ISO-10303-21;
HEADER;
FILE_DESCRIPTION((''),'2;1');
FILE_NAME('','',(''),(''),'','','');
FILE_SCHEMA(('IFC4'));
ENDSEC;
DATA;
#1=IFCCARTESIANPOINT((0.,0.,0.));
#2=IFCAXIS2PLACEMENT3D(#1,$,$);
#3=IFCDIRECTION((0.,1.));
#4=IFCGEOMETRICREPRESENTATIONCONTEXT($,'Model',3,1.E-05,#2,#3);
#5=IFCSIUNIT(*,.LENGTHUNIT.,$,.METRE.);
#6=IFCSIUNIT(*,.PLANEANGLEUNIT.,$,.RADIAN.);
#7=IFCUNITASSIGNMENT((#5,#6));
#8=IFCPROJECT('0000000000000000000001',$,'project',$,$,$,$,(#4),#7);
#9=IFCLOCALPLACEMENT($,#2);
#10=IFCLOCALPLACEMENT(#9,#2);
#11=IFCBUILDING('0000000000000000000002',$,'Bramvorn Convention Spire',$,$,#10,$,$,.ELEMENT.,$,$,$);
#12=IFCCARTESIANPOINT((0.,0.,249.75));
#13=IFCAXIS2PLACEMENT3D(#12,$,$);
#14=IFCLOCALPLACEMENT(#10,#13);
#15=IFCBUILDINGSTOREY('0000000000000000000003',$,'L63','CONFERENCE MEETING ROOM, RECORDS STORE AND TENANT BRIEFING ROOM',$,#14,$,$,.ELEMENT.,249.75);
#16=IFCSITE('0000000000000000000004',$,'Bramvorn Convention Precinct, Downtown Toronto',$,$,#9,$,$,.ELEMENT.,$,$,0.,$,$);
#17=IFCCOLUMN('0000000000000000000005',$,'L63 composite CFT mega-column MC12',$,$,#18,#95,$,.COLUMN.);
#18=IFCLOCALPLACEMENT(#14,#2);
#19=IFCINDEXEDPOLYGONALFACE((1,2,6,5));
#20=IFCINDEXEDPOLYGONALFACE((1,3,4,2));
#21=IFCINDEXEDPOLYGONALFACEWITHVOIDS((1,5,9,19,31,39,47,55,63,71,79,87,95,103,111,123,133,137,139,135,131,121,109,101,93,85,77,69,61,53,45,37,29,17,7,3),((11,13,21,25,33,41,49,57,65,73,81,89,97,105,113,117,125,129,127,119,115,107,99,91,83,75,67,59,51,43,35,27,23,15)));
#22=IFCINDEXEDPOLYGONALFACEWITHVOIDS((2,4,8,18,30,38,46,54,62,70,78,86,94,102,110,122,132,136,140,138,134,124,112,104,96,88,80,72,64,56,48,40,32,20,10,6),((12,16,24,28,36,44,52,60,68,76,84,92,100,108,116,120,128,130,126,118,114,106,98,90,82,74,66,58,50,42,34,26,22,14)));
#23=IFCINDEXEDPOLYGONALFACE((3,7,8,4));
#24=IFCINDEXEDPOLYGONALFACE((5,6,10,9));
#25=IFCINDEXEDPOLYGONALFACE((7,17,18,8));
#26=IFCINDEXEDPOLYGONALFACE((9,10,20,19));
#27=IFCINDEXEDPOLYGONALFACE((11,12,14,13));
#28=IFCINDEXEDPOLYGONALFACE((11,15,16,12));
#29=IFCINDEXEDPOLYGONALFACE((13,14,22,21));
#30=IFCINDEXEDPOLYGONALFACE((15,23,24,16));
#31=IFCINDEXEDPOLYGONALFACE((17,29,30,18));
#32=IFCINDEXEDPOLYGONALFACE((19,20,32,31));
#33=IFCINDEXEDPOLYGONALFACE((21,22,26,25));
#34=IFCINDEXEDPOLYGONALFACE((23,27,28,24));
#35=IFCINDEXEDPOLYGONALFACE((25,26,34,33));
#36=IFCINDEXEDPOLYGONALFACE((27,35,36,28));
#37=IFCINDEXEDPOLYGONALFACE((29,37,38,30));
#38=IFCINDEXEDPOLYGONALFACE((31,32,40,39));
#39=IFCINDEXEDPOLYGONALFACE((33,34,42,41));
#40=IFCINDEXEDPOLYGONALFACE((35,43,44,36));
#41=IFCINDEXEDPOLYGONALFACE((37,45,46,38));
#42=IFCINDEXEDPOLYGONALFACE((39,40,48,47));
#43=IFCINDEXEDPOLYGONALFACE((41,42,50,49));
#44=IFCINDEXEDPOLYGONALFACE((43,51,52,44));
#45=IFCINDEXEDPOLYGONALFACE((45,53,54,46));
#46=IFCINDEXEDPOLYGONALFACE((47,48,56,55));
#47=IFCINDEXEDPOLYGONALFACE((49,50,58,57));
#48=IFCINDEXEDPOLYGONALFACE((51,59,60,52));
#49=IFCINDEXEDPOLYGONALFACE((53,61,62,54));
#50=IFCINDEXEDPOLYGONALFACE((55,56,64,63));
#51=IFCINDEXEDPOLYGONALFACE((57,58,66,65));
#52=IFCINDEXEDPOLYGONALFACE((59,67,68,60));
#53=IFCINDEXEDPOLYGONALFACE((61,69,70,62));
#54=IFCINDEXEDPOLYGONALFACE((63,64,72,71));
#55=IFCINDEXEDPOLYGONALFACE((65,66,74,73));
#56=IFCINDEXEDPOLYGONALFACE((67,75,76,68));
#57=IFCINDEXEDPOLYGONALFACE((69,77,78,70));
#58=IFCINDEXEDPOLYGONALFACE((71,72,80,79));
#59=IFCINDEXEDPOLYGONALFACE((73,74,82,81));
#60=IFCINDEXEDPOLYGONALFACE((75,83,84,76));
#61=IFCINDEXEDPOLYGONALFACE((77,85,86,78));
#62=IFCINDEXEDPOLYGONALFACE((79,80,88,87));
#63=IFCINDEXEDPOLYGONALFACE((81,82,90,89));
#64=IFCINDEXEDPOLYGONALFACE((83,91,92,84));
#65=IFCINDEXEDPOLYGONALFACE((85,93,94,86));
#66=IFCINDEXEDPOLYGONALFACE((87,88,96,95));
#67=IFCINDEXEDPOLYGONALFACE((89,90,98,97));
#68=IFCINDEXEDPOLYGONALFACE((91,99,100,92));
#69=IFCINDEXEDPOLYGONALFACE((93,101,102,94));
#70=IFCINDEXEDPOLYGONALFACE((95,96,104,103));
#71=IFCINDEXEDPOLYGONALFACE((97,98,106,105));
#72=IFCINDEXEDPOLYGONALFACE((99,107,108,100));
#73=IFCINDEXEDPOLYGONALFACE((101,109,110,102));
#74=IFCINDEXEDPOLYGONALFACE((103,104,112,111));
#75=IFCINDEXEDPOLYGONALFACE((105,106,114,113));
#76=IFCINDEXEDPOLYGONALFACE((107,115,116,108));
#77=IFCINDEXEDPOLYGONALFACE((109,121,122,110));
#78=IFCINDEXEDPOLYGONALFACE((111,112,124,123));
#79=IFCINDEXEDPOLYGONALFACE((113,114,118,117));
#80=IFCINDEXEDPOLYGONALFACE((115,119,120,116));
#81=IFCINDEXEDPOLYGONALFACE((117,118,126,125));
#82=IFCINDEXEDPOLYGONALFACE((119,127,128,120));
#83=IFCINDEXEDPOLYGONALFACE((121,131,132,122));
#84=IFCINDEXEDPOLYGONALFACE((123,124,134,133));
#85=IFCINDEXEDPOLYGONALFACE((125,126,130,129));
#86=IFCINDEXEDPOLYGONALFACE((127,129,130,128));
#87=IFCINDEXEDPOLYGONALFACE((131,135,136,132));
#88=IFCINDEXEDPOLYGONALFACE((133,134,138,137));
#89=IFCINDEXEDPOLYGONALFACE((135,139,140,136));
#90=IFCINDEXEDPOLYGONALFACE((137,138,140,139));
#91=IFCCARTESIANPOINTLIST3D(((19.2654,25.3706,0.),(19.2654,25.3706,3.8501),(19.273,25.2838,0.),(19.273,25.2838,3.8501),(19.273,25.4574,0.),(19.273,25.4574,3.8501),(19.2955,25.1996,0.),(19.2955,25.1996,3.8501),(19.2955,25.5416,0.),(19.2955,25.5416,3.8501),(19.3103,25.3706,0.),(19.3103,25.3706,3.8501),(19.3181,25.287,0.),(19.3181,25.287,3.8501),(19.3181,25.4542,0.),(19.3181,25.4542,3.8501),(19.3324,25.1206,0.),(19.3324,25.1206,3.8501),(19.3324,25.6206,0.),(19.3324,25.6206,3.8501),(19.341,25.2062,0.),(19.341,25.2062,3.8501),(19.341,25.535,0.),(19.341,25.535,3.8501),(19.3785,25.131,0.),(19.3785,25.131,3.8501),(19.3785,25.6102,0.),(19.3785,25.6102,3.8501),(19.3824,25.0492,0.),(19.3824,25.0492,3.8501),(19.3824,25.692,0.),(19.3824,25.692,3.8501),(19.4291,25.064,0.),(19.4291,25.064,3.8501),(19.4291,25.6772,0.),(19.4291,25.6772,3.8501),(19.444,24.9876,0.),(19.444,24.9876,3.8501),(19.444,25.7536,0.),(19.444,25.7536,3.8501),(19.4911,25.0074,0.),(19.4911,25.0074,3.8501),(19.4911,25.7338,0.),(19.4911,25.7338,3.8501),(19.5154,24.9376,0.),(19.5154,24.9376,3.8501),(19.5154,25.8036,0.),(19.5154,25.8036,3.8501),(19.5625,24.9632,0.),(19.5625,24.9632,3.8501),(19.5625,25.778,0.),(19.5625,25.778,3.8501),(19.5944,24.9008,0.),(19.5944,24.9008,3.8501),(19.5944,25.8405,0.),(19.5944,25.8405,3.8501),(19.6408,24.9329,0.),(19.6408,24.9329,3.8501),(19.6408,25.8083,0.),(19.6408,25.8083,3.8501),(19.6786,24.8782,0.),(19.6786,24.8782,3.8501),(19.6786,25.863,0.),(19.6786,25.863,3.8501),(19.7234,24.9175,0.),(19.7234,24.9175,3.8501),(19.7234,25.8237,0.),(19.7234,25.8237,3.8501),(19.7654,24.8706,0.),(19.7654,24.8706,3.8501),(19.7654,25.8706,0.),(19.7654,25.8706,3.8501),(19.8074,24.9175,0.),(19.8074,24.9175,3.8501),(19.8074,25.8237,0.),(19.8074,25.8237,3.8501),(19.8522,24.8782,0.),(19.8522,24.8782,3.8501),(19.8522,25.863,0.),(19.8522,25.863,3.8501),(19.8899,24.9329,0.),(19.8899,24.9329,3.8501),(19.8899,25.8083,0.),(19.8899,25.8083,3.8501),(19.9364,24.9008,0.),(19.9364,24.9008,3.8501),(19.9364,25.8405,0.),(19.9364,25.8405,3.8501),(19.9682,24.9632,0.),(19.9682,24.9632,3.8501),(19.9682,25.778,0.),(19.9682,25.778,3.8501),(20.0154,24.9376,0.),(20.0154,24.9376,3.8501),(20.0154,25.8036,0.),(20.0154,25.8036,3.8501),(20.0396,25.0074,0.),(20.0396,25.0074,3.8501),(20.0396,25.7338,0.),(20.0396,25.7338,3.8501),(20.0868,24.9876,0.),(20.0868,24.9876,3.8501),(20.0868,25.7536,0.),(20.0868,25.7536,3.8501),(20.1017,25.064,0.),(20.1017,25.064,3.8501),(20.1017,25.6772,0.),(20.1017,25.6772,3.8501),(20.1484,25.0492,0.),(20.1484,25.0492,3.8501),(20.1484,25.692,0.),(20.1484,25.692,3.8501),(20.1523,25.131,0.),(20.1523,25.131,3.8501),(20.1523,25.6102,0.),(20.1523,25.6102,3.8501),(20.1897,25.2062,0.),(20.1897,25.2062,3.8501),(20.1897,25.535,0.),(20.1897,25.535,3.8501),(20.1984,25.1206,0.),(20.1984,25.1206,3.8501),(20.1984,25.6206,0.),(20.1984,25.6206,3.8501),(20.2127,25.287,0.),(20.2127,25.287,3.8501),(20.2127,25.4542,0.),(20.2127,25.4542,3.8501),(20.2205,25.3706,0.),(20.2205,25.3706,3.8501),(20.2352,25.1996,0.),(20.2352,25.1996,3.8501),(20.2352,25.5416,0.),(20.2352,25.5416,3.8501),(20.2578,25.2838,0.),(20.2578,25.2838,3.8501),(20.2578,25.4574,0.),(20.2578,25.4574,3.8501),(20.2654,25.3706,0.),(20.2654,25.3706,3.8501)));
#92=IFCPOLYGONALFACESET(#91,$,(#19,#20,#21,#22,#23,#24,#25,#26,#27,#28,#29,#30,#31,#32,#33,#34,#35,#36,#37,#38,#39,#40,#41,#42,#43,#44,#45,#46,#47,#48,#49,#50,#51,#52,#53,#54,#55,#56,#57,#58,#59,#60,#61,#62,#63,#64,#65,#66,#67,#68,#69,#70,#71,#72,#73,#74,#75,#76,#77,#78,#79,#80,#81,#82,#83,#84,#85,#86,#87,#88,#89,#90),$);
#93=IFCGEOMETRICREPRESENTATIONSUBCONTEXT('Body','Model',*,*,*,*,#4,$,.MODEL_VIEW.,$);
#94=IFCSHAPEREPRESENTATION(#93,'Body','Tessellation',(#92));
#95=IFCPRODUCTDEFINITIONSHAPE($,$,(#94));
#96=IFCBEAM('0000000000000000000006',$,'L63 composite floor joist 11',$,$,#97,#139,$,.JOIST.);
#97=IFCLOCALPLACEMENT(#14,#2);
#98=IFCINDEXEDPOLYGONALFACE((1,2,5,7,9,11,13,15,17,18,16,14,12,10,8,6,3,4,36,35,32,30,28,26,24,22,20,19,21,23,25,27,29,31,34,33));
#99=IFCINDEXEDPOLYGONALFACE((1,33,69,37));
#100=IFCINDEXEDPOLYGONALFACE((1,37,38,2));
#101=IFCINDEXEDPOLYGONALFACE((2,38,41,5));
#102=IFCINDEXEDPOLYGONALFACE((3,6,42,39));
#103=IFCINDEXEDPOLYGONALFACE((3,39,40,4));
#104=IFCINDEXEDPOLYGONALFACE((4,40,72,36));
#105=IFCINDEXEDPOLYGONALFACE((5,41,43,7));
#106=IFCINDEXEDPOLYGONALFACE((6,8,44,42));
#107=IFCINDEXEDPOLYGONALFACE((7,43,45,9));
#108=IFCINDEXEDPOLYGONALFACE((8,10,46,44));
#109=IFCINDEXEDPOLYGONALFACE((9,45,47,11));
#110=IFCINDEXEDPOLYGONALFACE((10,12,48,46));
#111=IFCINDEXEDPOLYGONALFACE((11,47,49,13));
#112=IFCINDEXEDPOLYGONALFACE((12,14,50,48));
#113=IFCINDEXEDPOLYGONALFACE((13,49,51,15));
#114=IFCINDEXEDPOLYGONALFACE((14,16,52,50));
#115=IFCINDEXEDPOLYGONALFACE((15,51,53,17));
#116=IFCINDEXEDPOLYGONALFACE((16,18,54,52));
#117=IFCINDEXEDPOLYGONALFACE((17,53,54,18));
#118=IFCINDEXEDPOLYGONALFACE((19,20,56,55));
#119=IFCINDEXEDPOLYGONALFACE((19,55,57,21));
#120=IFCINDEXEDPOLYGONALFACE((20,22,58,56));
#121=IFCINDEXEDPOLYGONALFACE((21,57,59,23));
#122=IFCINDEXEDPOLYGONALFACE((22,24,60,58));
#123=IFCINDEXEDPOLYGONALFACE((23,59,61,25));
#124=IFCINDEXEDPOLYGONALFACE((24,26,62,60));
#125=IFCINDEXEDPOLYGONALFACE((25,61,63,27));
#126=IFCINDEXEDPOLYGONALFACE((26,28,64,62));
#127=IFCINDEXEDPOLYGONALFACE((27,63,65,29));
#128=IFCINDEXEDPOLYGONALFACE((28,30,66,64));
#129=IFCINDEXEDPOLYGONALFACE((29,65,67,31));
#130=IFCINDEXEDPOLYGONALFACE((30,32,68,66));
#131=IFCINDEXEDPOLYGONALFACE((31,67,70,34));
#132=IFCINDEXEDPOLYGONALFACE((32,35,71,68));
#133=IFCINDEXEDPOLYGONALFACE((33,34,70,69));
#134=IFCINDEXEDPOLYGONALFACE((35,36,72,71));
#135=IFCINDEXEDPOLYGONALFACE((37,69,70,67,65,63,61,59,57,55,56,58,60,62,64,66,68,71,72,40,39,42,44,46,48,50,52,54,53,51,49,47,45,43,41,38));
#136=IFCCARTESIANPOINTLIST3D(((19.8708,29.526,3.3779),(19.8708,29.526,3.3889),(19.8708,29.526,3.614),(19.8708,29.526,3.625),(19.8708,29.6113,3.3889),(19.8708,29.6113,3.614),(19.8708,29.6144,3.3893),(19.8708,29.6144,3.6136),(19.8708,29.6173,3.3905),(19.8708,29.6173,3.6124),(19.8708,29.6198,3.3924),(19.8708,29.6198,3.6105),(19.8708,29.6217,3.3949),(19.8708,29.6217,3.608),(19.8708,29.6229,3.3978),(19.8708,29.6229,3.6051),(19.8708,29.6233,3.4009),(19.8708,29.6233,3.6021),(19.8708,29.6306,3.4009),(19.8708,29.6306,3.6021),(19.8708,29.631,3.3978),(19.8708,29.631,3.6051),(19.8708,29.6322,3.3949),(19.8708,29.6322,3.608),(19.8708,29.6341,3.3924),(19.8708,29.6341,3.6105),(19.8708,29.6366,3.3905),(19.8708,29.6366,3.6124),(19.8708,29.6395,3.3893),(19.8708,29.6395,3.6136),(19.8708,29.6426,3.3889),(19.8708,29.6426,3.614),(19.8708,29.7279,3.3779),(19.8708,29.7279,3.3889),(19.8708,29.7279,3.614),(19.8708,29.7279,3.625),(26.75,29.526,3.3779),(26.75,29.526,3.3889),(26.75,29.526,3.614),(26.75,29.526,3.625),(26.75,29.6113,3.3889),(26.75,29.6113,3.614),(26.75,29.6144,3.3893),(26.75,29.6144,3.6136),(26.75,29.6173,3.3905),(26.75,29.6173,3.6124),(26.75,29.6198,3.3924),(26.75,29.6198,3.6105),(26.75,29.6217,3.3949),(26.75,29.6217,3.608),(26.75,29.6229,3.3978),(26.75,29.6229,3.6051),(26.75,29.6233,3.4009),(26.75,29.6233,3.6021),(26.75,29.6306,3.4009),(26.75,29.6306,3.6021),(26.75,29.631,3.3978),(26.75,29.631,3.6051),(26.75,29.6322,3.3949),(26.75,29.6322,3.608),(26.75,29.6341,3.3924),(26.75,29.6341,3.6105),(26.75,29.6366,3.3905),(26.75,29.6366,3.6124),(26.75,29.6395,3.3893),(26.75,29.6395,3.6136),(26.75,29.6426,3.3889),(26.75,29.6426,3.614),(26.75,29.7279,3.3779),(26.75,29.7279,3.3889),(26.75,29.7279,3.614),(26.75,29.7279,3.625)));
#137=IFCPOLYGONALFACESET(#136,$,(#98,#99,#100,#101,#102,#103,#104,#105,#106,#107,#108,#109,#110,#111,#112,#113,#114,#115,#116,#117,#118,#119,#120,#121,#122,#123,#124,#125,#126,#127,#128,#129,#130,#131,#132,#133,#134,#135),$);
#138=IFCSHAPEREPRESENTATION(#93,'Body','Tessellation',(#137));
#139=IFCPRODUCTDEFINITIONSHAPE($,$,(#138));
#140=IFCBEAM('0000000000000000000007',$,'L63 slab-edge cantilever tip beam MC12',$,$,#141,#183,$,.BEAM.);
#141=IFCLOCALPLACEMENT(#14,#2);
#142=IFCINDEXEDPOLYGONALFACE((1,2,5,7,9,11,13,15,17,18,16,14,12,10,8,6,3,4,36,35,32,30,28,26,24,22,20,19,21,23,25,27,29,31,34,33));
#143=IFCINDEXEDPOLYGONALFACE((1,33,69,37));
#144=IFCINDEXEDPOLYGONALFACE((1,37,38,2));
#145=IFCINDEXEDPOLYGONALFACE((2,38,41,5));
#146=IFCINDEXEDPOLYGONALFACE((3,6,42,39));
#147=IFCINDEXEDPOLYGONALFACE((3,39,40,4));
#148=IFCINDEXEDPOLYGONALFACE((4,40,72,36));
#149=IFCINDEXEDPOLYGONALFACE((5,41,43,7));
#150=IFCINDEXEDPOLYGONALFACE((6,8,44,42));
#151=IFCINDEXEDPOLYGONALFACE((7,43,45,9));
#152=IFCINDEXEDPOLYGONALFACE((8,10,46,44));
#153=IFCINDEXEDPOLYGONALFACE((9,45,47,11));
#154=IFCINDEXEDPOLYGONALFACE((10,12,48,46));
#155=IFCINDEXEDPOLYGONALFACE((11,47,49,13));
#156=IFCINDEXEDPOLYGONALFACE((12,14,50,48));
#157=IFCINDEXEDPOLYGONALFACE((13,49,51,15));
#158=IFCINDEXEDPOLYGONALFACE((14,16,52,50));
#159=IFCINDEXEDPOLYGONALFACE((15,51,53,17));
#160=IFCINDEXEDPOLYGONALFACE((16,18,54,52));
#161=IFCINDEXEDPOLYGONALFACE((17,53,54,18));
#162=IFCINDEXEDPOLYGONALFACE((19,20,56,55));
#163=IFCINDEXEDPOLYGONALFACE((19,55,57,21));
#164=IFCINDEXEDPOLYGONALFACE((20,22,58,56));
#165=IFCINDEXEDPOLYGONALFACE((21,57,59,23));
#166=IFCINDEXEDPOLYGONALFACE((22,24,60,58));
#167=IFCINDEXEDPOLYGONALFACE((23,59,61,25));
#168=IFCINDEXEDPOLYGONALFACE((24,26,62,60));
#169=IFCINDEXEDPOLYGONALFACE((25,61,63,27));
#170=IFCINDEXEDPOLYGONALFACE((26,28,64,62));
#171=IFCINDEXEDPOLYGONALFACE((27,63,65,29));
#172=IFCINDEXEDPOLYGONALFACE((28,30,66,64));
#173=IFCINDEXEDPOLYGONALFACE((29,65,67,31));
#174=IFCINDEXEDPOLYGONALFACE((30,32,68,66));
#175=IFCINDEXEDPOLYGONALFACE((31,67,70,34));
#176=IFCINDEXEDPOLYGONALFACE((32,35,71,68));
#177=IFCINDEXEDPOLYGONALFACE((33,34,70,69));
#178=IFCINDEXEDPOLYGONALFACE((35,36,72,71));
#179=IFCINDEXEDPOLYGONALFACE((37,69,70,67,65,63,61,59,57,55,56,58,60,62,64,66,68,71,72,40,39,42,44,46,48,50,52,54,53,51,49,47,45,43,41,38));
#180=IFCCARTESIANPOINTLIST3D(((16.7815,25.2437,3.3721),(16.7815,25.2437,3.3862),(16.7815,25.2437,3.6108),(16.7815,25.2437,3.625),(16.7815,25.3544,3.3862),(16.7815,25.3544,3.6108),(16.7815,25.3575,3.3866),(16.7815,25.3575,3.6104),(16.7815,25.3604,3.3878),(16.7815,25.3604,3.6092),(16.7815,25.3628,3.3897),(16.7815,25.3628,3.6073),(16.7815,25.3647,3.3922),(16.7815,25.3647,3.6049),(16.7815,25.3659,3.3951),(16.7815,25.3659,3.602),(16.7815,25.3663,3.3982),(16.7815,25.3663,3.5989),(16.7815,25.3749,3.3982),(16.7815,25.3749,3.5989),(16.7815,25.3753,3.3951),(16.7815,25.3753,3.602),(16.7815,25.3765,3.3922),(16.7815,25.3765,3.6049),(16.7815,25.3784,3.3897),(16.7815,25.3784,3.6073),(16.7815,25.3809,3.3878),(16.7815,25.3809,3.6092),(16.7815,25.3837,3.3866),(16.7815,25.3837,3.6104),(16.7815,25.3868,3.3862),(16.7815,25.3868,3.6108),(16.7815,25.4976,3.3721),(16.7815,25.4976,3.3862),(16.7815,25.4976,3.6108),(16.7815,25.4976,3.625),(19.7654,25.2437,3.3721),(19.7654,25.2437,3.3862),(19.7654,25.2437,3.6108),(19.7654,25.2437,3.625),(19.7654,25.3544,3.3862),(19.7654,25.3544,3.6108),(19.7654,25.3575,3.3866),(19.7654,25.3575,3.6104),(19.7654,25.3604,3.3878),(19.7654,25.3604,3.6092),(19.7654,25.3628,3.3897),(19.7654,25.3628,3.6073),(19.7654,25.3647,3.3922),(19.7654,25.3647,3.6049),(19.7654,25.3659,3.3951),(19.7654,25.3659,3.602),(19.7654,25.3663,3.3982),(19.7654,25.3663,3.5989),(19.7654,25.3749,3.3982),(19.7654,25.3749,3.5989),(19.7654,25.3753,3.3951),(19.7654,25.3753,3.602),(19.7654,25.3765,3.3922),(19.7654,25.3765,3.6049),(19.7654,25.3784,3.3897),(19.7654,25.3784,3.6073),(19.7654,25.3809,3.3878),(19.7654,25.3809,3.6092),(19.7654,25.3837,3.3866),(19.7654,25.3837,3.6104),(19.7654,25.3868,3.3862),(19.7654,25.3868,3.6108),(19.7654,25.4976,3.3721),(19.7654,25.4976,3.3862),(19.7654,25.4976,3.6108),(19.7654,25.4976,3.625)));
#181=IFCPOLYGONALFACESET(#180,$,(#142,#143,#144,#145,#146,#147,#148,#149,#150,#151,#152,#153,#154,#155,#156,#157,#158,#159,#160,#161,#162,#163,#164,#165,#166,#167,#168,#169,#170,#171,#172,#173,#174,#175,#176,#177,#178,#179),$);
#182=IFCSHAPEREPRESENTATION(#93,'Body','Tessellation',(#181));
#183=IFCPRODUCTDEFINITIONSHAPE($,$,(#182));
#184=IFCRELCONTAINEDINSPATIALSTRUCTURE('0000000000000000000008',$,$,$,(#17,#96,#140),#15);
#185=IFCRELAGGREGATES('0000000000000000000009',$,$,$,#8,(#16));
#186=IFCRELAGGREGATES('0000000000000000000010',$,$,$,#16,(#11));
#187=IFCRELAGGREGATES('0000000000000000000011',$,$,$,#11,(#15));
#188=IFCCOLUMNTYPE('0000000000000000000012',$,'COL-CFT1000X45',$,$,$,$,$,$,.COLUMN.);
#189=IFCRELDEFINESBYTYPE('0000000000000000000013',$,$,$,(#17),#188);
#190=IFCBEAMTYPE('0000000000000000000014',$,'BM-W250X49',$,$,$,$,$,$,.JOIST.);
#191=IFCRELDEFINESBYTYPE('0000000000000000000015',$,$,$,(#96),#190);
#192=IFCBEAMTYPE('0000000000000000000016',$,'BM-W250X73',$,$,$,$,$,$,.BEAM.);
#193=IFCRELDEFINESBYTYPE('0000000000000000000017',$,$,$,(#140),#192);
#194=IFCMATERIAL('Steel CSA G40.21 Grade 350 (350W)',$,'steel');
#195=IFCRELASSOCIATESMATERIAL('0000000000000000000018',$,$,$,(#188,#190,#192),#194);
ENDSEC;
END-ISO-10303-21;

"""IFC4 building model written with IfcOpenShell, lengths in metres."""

from ifc_helpers import new_model, si_unit, direction, frame, origin, origin_2d, place, context, subcontext, project, spatial, hollow_circle, i_section, extrude, material, material_profile, profile_set, type_object, element, save


model = new_model("IFC4")

# Units and contexts
model_context = context("Model", 3, precision=1e-05, world=origin(), true_north=direction((0.0, 1.0)))
body_context = subcontext(model_context, "Body", "Model", "MODEL_VIEW")
ifc_project = project(units=[si_unit("LENGTHUNIT", "METRE"), si_unit("PLANEANGLEUNIT", "RADIAN")], contexts=[model_context])

# Site, building, storey
site_placement = place(None, origin())
site = spatial("IfcSite", under=ifc_project, at=site_placement, Name="Bramvorn Convention Precinct, Downtown Toronto", CompositionType="ELEMENT", RefElevation=0.0)
building_placement = place(site_placement, origin())
building = spatial("IfcBuilding", under=site, at=building_placement, Name="Bramvorn Convention Spire", CompositionType="ELEMENT")
storey_placement = place(building_placement, frame((0.0, 0.0, 249.75)))
storey = spatial("IfcBuildingStorey", under=building, at=storey_placement, Name="L63", Description="CONFERENCE MEETING ROOM, RECORDS STORE AND TENANT BRIEFING ROOM", CompositionType="ELEMENT", Elevation=249.75)

# Column
ifc_material_1 = material(Name="Steel CSA G40.21 Grade 350 (350W)", Category="steel")
ifc_material_profile_1 = material_profile(ifc_material_1, hollow_circle(Radius=0.5, WallThickness=0.0449, at=origin_2d()))
ifc_profile_set_1 = profile_set([ifc_material_profile_1], Name="Steel CSA G40.21 Grade 350 (350W) - CFT1000X45")
column_type = type_object("IfcColumnType", Name="COL-CFT1000X45", PredefinedType="COLUMN", material=ifc_profile_set_1)
column_placement = place(storey_placement, frame((19.7654, 25.3706, 0.0), z_axis=(0.0, 0.0, 1.0), x_axis=(1.0, 0.0, 0.0)))
element("IfcColumn", 1, at=column_placement, inside=storey, type_object=column_type, Name="L63 composite CFT mega-column MC12", PredefinedType="COLUMN", context=body_context, shape_type="SweptSolid", body=[
    extrude(hollow_circle(Radius=0.5, WallThickness=0.0449, at=origin_2d()), origin(), (0.0, 0.0, 1.0), 3.8501),
])

# Beams
ifc_material_profile_2 = material_profile(ifc_material_1, i_section(OverallWidth=0.2019, OverallDepth=0.2471, WebThickness=0.0073, FlangeThickness=0.011, FilletRadius=0.012, at=origin_2d()))
ifc_profile_set_2 = profile_set([ifc_material_profile_2], Name="Steel CSA G40.21 Grade 350 (350W) - W250X49")
beam_type_1 = type_object("IfcBeamType", Name="BM-W250X49", PredefinedType="JOIST", material=ifc_profile_set_2)
beam_1_placement = place(storey_placement, frame((26.75, 29.627, 3.5015), z_axis=(-1.0, 0.0, 0.0), x_axis=(0.0, -1.0, 0.0)))
element("IfcBeam", 2, at=beam_1_placement, inside=storey, type_object=beam_type_1, Name="L63 composite floor joist 11", PredefinedType="JOIST", context=body_context, shape_type="SweptSolid", body=[
    extrude(i_section(OverallWidth=0.2019, OverallDepth=0.2471, WebThickness=0.0073, FlangeThickness=0.011, FilletRadius=0.012, at=origin_2d()), origin(), (0.0, 0.0, 1.0), 6.8792),
])
ifc_material_profile_3 = material_profile(ifc_material_1, i_section(OverallWidth=0.2539, OverallDepth=0.2529, WebThickness=0.0085, FlangeThickness=0.0142, FilletRadius=0.012, at=origin_2d()))
ifc_profile_set_3 = profile_set([ifc_material_profile_3], Name="Steel CSA G40.21 Grade 350 (350W) - W250X73")
beam_type_2 = type_object("IfcBeamType", Name="BM-W250X73", PredefinedType="BEAM", material=ifc_profile_set_3)
beam_2_placement = place(storey_placement, frame((19.7654, 25.3706, 3.4985), z_axis=(-1.0, 0.0, 0.0), x_axis=(0.0, -1.0, 0.0)))
element("IfcBeam", 3, at=beam_2_placement, inside=storey, type_object=beam_type_2, Name="L63 slab-edge cantilever tip beam MC12", PredefinedType="BEAM", context=body_context, shape_type="SweptSolid", body=[
    extrude(i_section(OverallWidth=0.2539, OverallDepth=0.2529, WebThickness=0.0085, FlangeThickness=0.0142, FilletRadius=0.012, at=origin_2d()), origin(), (0.0, 0.0, 1.0), 2.9839),
])

save(model, "model.ifc")
